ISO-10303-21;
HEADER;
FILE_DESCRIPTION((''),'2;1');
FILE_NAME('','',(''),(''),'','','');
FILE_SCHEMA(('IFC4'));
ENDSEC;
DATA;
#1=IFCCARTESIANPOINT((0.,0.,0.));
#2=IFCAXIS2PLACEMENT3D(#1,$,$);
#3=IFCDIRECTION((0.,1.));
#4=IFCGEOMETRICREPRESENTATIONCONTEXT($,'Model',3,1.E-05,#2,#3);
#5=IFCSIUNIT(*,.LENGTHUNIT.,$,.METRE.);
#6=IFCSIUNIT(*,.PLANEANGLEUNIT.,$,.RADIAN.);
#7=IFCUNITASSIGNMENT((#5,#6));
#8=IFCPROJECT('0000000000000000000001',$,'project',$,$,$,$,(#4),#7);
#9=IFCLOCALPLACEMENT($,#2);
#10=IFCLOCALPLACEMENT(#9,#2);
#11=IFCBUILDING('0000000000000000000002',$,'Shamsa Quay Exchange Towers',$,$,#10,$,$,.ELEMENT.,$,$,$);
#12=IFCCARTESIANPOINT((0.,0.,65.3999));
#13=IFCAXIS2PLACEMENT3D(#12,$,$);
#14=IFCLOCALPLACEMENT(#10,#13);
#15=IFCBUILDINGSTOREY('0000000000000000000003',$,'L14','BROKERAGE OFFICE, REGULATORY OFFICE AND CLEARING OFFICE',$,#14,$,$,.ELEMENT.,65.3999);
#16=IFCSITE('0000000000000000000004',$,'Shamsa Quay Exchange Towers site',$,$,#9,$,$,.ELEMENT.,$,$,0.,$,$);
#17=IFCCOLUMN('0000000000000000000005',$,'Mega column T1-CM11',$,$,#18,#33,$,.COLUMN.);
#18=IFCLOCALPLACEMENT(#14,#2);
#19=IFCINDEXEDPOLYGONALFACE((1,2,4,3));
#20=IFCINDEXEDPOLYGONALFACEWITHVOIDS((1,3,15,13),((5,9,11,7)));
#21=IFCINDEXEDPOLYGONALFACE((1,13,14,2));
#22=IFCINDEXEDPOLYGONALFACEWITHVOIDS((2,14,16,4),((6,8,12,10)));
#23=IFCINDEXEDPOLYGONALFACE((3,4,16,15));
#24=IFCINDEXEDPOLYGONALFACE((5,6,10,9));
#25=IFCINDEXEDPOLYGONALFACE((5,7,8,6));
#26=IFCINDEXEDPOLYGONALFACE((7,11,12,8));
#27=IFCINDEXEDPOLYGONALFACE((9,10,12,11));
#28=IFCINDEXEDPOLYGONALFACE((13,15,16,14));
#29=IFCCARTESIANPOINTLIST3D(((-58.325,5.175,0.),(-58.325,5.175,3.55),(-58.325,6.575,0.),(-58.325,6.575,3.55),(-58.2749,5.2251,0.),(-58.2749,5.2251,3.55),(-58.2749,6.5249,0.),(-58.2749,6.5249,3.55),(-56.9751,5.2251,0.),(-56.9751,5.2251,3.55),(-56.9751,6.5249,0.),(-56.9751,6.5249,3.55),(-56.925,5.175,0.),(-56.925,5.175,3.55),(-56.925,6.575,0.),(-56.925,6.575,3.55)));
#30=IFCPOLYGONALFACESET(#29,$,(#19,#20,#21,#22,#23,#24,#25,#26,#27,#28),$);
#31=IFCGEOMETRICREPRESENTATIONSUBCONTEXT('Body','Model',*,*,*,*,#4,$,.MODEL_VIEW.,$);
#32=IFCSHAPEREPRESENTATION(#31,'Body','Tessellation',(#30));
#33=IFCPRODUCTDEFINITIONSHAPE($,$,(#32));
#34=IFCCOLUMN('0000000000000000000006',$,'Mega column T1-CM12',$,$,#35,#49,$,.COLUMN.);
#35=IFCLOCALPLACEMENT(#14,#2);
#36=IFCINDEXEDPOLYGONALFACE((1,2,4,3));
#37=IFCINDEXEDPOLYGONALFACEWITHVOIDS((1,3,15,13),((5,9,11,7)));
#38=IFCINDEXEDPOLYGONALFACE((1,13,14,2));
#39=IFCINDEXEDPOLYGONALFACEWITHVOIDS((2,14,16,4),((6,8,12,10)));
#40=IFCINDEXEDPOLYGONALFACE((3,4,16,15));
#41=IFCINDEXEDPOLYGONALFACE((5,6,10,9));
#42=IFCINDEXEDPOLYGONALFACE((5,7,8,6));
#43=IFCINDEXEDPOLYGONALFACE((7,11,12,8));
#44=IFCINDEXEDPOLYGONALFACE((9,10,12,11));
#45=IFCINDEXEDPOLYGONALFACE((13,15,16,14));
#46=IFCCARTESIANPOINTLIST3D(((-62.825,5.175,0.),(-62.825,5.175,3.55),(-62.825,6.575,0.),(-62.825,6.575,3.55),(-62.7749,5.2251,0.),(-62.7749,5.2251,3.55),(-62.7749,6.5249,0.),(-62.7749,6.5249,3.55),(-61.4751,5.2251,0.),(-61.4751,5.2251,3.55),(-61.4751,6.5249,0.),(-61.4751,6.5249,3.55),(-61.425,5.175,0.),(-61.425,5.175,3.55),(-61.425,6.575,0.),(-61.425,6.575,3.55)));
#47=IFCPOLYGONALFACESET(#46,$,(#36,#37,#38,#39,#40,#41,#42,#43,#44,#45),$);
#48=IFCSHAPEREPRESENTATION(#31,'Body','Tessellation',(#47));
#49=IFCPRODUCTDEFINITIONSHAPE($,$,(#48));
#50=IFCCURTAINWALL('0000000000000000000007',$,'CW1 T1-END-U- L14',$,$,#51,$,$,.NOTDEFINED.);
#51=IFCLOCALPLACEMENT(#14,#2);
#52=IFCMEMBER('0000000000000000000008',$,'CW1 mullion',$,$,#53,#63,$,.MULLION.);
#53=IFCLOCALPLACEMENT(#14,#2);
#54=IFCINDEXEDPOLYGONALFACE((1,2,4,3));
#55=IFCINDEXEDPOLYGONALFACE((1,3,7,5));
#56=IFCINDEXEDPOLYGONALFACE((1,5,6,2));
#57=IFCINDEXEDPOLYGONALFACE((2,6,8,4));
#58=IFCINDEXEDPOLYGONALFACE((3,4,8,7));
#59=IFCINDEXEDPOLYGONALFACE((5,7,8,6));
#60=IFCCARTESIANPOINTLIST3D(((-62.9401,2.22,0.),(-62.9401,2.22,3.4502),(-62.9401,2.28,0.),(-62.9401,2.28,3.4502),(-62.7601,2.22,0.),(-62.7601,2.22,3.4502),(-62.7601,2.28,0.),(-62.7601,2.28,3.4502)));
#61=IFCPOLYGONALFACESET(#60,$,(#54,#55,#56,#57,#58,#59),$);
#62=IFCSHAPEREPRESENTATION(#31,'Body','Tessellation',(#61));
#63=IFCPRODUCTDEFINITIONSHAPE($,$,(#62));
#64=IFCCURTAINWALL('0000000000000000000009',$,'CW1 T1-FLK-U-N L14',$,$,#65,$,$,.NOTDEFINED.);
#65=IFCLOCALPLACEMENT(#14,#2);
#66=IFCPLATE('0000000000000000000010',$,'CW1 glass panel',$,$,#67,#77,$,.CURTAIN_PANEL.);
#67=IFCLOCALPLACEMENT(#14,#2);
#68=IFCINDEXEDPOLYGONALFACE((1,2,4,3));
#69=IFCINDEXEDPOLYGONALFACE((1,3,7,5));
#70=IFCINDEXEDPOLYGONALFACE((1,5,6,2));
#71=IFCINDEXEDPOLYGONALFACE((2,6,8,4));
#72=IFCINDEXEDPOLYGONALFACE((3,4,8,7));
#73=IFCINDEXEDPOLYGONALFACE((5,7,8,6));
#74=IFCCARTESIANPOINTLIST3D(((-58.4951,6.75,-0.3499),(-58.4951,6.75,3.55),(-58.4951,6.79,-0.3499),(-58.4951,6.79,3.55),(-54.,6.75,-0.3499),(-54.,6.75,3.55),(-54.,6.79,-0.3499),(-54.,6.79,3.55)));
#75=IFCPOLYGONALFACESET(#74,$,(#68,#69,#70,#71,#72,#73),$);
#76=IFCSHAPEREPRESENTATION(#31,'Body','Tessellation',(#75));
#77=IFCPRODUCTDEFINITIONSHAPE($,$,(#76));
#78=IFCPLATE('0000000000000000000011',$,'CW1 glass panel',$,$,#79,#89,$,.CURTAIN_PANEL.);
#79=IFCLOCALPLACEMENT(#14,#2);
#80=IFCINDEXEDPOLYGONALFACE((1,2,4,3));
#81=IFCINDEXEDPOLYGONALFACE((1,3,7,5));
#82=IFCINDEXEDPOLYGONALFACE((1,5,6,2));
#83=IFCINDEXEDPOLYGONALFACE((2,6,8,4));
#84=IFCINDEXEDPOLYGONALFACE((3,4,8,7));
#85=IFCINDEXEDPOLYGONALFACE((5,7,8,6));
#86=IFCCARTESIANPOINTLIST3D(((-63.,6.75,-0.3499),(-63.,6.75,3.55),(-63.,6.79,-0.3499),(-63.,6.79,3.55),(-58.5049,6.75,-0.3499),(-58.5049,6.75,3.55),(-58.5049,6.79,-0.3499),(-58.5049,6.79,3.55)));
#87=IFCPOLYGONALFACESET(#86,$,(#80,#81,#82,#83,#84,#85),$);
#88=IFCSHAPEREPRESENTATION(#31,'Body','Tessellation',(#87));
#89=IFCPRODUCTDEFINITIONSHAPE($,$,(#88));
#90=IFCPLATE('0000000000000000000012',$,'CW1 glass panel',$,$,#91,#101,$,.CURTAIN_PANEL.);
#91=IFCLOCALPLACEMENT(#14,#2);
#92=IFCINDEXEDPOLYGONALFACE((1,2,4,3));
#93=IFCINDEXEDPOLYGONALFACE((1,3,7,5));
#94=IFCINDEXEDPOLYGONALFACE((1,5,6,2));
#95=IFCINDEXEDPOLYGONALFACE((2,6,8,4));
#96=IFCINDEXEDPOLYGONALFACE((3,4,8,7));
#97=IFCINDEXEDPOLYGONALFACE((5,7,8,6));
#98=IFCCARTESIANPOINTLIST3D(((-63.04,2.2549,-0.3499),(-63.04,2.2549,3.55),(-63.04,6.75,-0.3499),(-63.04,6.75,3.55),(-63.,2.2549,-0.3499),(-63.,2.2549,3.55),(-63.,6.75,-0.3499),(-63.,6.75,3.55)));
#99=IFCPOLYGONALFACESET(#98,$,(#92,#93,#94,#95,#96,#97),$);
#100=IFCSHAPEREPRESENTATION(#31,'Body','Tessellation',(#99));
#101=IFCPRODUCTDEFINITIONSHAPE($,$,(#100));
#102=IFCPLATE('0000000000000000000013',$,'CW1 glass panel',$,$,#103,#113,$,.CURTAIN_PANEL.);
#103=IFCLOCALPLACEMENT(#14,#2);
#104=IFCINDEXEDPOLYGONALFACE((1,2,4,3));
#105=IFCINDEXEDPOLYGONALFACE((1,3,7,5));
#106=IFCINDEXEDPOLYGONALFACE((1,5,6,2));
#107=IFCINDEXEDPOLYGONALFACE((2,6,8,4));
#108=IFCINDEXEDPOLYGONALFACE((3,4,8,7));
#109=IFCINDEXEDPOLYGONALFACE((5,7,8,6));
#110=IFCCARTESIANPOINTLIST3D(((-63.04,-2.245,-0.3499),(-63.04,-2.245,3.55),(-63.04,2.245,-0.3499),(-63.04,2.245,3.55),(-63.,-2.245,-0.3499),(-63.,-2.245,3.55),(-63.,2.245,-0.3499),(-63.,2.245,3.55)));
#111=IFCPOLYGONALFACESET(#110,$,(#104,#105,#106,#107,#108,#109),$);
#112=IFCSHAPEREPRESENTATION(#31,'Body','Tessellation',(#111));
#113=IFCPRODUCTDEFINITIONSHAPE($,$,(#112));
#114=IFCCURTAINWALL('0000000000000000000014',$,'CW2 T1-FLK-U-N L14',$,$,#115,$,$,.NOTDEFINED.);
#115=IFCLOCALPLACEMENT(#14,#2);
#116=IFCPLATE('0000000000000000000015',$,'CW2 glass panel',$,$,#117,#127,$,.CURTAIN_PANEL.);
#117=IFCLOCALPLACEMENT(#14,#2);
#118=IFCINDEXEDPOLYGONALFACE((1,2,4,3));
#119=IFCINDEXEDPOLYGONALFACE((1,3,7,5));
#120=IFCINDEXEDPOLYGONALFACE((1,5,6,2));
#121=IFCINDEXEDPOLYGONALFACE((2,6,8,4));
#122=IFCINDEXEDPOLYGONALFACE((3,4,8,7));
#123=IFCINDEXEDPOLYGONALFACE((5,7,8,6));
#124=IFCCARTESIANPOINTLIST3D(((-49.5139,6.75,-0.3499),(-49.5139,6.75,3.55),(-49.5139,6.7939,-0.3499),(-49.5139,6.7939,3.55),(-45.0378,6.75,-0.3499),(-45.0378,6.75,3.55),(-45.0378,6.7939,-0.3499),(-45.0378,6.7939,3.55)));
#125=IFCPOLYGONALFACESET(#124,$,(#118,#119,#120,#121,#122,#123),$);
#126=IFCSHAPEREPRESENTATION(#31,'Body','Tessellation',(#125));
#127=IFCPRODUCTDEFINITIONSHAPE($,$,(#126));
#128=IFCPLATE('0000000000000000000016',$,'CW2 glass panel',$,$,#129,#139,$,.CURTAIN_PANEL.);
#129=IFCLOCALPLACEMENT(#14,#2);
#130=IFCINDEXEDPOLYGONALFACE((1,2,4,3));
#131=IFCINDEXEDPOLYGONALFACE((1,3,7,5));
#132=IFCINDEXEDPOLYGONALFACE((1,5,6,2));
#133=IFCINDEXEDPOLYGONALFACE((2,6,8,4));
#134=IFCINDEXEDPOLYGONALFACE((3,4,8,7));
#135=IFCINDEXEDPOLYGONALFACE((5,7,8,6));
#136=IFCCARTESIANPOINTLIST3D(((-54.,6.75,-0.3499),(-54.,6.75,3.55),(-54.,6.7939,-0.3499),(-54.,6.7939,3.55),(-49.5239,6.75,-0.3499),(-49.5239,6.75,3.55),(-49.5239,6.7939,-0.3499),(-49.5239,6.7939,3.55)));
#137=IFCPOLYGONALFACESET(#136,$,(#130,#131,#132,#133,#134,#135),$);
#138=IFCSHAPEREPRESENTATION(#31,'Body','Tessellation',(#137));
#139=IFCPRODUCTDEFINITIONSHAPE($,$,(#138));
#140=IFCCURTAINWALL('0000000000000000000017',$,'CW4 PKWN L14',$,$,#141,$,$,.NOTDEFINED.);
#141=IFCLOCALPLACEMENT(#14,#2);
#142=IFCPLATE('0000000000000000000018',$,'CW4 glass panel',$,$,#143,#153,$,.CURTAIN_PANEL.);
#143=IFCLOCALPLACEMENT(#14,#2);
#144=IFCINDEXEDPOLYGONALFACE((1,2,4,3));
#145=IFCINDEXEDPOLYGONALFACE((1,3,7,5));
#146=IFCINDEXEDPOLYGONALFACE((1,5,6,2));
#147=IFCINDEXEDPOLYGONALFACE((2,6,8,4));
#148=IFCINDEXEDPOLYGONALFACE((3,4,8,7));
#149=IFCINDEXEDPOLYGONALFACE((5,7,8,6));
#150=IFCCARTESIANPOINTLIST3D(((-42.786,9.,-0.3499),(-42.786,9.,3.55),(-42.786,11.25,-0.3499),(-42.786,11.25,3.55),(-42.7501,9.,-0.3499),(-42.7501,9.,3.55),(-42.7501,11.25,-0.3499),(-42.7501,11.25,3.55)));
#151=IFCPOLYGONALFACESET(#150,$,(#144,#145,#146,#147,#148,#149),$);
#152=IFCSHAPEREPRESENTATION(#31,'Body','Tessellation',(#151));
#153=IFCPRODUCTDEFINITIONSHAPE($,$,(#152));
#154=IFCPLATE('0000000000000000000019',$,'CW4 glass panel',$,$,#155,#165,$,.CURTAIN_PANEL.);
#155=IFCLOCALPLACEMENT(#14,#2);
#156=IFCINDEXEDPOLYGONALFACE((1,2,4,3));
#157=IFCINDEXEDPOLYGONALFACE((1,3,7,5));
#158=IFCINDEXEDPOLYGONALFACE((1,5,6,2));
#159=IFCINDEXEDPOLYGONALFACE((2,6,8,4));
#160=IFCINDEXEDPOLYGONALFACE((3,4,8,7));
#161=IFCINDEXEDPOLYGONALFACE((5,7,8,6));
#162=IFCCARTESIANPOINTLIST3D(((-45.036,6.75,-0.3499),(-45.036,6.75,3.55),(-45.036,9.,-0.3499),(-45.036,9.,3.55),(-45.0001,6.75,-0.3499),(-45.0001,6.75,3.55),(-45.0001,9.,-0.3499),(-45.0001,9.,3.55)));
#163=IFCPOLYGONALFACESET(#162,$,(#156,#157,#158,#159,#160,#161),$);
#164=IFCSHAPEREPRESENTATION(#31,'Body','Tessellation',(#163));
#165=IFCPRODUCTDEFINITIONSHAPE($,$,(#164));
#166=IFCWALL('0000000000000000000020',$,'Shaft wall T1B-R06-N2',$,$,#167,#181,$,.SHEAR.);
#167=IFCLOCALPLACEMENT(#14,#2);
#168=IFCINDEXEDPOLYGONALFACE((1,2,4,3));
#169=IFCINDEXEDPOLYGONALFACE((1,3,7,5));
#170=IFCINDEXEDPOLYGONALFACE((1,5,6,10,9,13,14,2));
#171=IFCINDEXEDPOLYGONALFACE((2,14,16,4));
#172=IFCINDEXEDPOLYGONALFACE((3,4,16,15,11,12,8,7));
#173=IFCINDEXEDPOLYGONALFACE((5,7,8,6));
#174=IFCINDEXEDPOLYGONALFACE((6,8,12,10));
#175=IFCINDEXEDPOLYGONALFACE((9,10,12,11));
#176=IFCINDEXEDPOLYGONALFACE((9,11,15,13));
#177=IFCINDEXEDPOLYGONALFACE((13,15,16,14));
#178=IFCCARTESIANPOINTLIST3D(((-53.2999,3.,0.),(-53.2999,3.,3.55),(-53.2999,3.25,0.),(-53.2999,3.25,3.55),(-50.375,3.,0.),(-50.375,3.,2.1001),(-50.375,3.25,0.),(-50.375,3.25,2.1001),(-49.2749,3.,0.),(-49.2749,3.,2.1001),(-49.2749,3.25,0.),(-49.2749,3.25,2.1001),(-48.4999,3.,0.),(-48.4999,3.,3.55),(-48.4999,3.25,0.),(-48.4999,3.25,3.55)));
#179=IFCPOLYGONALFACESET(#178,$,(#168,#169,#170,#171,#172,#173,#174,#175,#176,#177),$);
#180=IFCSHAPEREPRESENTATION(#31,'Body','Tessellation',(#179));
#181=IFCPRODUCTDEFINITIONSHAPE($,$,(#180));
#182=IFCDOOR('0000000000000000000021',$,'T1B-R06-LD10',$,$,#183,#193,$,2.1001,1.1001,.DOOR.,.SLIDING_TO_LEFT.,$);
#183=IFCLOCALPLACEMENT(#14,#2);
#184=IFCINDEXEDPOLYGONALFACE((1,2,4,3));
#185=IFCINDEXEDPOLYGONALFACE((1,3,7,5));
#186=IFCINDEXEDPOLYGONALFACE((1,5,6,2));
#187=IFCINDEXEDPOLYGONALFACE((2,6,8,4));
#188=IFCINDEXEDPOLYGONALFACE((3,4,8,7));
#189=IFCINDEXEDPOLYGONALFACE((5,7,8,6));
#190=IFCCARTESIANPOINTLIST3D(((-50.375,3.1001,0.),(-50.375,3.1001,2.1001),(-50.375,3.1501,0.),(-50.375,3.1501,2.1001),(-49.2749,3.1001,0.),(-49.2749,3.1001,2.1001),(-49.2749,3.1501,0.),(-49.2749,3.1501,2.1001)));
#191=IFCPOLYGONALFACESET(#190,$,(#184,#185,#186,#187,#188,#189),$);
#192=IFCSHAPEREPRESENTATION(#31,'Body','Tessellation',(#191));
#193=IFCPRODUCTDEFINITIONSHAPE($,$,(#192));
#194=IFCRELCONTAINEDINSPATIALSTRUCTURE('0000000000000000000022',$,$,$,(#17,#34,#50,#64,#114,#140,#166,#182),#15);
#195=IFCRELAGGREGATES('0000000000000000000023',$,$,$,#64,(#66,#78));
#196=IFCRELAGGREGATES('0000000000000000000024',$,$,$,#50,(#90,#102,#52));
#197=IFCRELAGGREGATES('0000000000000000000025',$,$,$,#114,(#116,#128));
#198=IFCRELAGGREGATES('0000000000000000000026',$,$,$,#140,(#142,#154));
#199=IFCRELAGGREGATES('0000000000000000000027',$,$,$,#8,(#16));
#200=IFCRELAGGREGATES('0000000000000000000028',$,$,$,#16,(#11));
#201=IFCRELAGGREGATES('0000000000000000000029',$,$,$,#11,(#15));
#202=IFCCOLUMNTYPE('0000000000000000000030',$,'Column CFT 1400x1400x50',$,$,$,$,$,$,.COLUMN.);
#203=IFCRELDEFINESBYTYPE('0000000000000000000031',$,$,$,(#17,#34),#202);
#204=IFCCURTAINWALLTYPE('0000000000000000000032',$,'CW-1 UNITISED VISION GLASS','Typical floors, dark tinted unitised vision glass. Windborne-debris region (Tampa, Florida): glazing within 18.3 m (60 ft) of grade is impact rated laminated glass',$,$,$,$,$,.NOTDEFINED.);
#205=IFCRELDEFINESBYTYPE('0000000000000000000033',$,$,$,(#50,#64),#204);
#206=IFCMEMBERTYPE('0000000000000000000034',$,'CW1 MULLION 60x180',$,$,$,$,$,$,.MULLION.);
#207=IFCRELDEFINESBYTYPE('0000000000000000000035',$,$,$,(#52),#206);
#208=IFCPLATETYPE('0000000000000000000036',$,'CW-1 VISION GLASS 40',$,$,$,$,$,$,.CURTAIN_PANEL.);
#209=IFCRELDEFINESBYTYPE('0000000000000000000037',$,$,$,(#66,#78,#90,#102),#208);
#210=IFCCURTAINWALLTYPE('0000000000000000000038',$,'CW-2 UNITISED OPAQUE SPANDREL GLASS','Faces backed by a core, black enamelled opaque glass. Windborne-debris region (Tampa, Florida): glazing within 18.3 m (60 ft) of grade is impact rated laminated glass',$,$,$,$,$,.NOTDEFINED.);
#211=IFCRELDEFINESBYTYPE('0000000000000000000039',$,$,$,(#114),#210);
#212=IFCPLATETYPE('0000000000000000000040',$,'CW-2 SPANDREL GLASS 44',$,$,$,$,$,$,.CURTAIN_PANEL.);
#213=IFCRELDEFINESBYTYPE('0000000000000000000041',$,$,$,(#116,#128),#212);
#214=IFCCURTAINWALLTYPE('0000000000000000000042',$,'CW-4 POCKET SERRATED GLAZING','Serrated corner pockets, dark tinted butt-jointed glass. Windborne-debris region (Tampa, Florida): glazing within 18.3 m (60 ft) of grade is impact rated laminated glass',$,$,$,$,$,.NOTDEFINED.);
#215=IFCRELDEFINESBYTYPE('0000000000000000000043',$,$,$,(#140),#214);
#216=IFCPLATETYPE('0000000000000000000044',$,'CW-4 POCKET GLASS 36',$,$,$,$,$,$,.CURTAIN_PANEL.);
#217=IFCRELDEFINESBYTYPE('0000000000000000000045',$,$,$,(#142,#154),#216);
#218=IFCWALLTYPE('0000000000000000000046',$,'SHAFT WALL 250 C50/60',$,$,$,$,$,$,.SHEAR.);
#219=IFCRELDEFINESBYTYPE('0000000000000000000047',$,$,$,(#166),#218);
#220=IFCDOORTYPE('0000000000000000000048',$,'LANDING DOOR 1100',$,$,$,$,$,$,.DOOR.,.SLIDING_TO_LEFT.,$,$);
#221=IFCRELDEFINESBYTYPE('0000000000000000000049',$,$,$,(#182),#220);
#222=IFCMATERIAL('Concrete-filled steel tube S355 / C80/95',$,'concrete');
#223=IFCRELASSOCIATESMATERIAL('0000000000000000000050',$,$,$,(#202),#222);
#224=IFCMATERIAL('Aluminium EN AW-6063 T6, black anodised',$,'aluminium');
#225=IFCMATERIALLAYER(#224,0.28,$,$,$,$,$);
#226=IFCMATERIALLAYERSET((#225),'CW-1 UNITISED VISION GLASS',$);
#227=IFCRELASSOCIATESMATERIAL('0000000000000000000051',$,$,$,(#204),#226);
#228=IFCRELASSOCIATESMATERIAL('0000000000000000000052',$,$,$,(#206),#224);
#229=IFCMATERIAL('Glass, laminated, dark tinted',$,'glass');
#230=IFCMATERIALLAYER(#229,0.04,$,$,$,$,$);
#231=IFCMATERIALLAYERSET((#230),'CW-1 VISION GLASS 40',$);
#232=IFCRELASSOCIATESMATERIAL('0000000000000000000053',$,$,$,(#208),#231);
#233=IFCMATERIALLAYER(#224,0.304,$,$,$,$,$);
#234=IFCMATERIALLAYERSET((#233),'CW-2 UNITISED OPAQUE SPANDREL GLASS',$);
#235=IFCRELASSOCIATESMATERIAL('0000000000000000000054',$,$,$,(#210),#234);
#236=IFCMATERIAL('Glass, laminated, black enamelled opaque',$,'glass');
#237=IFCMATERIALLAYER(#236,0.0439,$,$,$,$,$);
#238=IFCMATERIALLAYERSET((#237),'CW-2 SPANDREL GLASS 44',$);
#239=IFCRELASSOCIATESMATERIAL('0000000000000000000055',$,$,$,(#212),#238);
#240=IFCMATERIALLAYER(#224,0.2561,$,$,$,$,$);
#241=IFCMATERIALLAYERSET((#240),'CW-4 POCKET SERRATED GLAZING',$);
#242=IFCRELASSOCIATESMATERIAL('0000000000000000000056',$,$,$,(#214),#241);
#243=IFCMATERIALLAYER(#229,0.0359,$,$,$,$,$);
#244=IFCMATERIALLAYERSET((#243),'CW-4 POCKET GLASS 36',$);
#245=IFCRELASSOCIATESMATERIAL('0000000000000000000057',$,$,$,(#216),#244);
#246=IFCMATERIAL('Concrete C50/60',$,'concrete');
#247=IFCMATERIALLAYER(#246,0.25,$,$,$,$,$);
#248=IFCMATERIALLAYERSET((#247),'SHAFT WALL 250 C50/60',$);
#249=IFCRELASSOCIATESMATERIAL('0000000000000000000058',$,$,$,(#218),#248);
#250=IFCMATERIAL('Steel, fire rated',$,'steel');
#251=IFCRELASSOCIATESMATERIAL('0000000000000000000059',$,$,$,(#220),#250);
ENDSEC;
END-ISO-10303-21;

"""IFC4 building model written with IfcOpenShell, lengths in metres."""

from ifc_helpers import new_model, si_unit, direction, frame, frame_2d, origin, origin_2d, place, context, subcontext, project, spatial, rectangle, hollow_rectangle, extrude, material, layer, layer_set, material_profile, profile_set, type_object, element, fill, aggregate, save


model = new_model("IFC4")

# Units and contexts
model_context = context("Model", 3, precision=1e-05, world=origin(), true_north=direction((0.0, 1.0)))
body_context = subcontext(model_context, "Body", "Model", "MODEL_VIEW")
ifc_project = project(units=[si_unit("LENGTHUNIT", "METRE"), si_unit("PLANEANGLEUNIT", "RADIAN")], contexts=[model_context])

# Site, building, storey
site_placement = place(None, origin())
site = spatial("IfcSite", under=ifc_project, at=site_placement, Name="Shamsa Quay Exchange Towers site", CompositionType="ELEMENT", RefElevation=0.0)
building_placement = place(site_placement, origin())
building = spatial("IfcBuilding", under=site, at=building_placement, Name="Shamsa Quay Exchange Towers", CompositionType="ELEMENT")
storey_placement = place(building_placement, frame((0.0, 0.0, 65.3999)))
storey = spatial("IfcBuildingStorey", under=building, at=storey_placement, Name="L14", Description="BROKERAGE OFFICE, REGULATORY OFFICE AND CLEARING OFFICE", CompositionType="ELEMENT", Elevation=65.3999)

# Columns
ifc_material_1 = material(Name="Concrete-filled steel tube S355 / C80/95", Category="concrete")
ifc_material_profile_1 = material_profile(ifc_material_1, hollow_rectangle(XDim=1.3999, YDim=1.3999, WallThickness=0.05, at=origin_2d()), Name="CFT 1400x1400x50")
ifc_profile_set_1 = profile_set([ifc_material_profile_1], Name="Concrete-filled steel tube S355 / C80/95")
column_type = type_object("IfcColumnType", Name="Column CFT 1400x1400x50", PredefinedType="COLUMN", material=ifc_profile_set_1)
for number, where, name in (
    (1, (-57.625, 5.875, 0.0), "Mega column T1-CM11"),
    (2, (-62.125, 5.875, 0.0), "Mega column T1-CM12"),
):
    element("IfcColumn", number, at=place(storey_placement, frame(where)), inside=storey, type_object=column_type, Name=name, PredefinedType="COLUMN", context=body_context, shape_type="SweptSolid", body=[
        extrude(hollow_rectangle(XDim=1.3999, YDim=1.3999, WallThickness=0.05, at=origin_2d()), origin(), (0.0, 0.0, 1.0), 3.55),
    ])

# Curtain wall, member
ifc_material_2 = material(Name="Aluminium EN AW-6063 T6, black anodised", Category="aluminium")
ifc_layer_1 = layer(ifc_material_2, 0.28)
ifc_layer_set_1 = layer_set([ifc_layer_1], Name="CW-1 UNITISED VISION GLASS")
curtain_wall_type_1 = type_object("IfcCurtainWallType", Name="CW-1 UNITISED VISION GLASS", Description="Typical floors, dark tinted unitised vision glass. Windborne-debris region (Tampa, Florida): glazing within 18.3 m (60 ft) of grade is impact rated laminated glass", PredefinedType="NOTDEFINED", material=ifc_layer_set_1)
curtain_wall_1_placement = place(storey_placement, origin())
curtain_wall_1 = element("IfcCurtainWall", 3, at=curtain_wall_1_placement, inside=storey, type_object=curtain_wall_type_1, Name="CW1 T1-END-U- L14", PredefinedType="NOTDEFINED")
ifc_material_profile_2 = material_profile(ifc_material_2, rectangle(XDim=0.1799, YDim=0.0601, at=origin_2d()), Name="MU60x180")
ifc_profile_set_2 = profile_set([ifc_material_profile_2], Name="Aluminium EN AW-6063 T6, black anodised")
member_type = type_object("IfcMemberType", Name="CW1 MULLION 60x180", PredefinedType="MULLION", material=ifc_profile_set_2)
member_placement = place(storey_placement, frame((-62.8501, 2.25, 0.0)))
member = element("IfcMember", 4, at=member_placement, type_object=member_type, Name="CW1 mullion", PredefinedType="MULLION", context=body_context, shape_type="SweptSolid", body=[
    extrude(rectangle(XDim=0.1799, YDim=0.0601, at=origin_2d()), origin(), (0.0, 0.0, 1.0), 3.4502),
])

# Curtain wall, plates
curtain_wall_2_placement = place(storey_placement, origin())
curtain_wall_2 = element("IfcCurtainWall", 5, at=curtain_wall_2_placement, inside=storey, type_object=curtain_wall_type_1, Name="CW1 T1-FLK-U-N L14", PredefinedType="NOTDEFINED")
ifc_material_3 = material(Name="Glass, laminated, dark tinted", Category="glass")
ifc_layer_2 = layer(ifc_material_3, 0.04)
ifc_layer_set_2 = layer_set([ifc_layer_2], Name="CW-1 VISION GLASS 40")
plate_type_1 = type_object("IfcPlateType", Name="CW-1 VISION GLASS 40", PredefinedType="CURTAIN_PANEL", material=ifc_layer_set_2)
plate_1_placement = place(storey_placement, frame((-56.2476, 6.77, -0.3499), z_axis=(0.0, 0.0, 1.0), x_axis=(-1.0, 0.0, 0.0)))
plate_1 = element("IfcPlate", 6, at=plate_1_placement, type_object=plate_type_1, Name="CW1 glass panel", PredefinedType="CURTAIN_PANEL", context=body_context, shape_type="SweptSolid", body=[
    extrude(rectangle(XDim=4.4951, YDim=0.04, at=origin_2d()), origin(), (0.0, 0.0, 1.0), 3.8999),
])
plate_2_placement = place(storey_placement, frame((-60.7524, 6.77, -0.3499), z_axis=(0.0, 0.0, 1.0), x_axis=(-1.0, 0.0, 0.0)))
plate_2 = element("IfcPlate", 7, at=plate_2_placement, type_object=plate_type_1, Name="CW1 glass panel", PredefinedType="CURTAIN_PANEL", context=body_context, shape_type="SweptSolid", body=[
    extrude(rectangle(XDim=4.4951, YDim=0.04, at=origin_2d()), origin(), (0.0, 0.0, 1.0), 3.8999),
])
aggregate(curtain_wall_2, [plate_1, plate_2])

# Plates
plate_3_placement = place(storey_placement, frame((-63.02, 4.5024, -0.3499), z_axis=(0.0, 0.0, 1.0), x_axis=(0.0, -1.0, 0.0)))
plate_3 = element("IfcPlate", 8, at=plate_3_placement, type_object=plate_type_1, Name="CW1 glass panel", PredefinedType="CURTAIN_PANEL", context=body_context, shape_type="SweptSolid", body=[
    extrude(rectangle(XDim=4.4951, YDim=0.04, at=origin_2d()), origin(), (0.0, 0.0, 1.0), 3.8999),
])
plate_4_placement = place(storey_placement, frame((-63.02, 0.0, -0.3499), z_axis=(0.0, 0.0, 1.0), x_axis=(0.0, -1.0, 0.0)))
plate_4 = element("IfcPlate", 9, at=plate_4_placement, type_object=plate_type_1, Name="CW1 glass panel", PredefinedType="CURTAIN_PANEL", context=body_context, shape_type="SweptSolid", body=[
    extrude(rectangle(XDim=4.49, YDim=0.04, at=origin_2d()), origin(), (0.0, 0.0, 1.0), 3.8999),
])
aggregate(curtain_wall_1, [plate_3, plate_4, member])

# Curtain walls, plates
ifc_layer_3 = layer(ifc_material_2, 0.304)
ifc_layer_set_3 = layer_set([ifc_layer_3], Name="CW-2 UNITISED OPAQUE SPANDREL GLASS")
curtain_wall_type_2 = type_object("IfcCurtainWallType", Name="CW-2 UNITISED OPAQUE SPANDREL GLASS", Description="Faces backed by a core, black enamelled opaque glass. Windborne-debris region (Tampa, Florida): glazing within 18.3 m (60 ft) of grade is impact rated laminated glass", PredefinedType="NOTDEFINED", material=ifc_layer_set_3)
curtain_wall_3_placement = place(storey_placement, origin())
curtain_wall_3 = element("IfcCurtainWall", 10, at=curtain_wall_3_placement, inside=storey, type_object=curtain_wall_type_2, Name="CW2 T1-FLK-U-N L14", PredefinedType="NOTDEFINED")
ifc_material_4 = material(Name="Glass, laminated, black enamelled opaque", Category="glass")
ifc_layer_4 = layer(ifc_material_4, 0.0439)
ifc_layer_set_4 = layer_set([ifc_layer_4], Name="CW-2 SPANDREL GLASS 44")
plate_type_2 = type_object("IfcPlateType", Name="CW-2 SPANDREL GLASS 44", PredefinedType="CURTAIN_PANEL", material=ifc_layer_set_4)
plate_5_placement = place(storey_placement, frame((-47.2759, 6.772, -0.3499), z_axis=(0.0, 0.0, 1.0), x_axis=(-1.0, 0.0, 0.0)))
plate_5 = element("IfcPlate", 11, at=plate_5_placement, type_object=plate_type_2, Name="CW2 glass panel", PredefinedType="CURTAIN_PANEL", context=body_context, shape_type="SweptSolid", body=[
    extrude(rectangle(XDim=4.4761, YDim=0.0439, at=origin_2d()), origin(), (0.0, 0.0, 1.0), 3.8999),
])
plate_6_placement = place(storey_placement, frame((-51.762, 6.772, -0.3499), z_axis=(0.0, 0.0, 1.0), x_axis=(-1.0, 0.0, 0.0)))
plate_6 = element("IfcPlate", 12, at=plate_6_placement, type_object=plate_type_2, Name="CW2 glass panel", PredefinedType="CURTAIN_PANEL", context=body_context, shape_type="SweptSolid", body=[
    extrude(rectangle(XDim=4.4761, YDim=0.0439, at=origin_2d()), origin(), (0.0, 0.0, 1.0), 3.8999),
])
aggregate(curtain_wall_3, [plate_5, plate_6])
ifc_layer_5 = layer(ifc_material_2, 0.2561)
ifc_layer_set_5 = layer_set([ifc_layer_5], Name="CW-4 POCKET SERRATED GLAZING")
curtain_wall_type_3 = type_object("IfcCurtainWallType", Name="CW-4 POCKET SERRATED GLAZING", Description="Serrated corner pockets, dark tinted butt-jointed glass. Windborne-debris region (Tampa, Florida): glazing within 18.3 m (60 ft) of grade is impact rated laminated glass", PredefinedType="NOTDEFINED", material=ifc_layer_set_5)
curtain_wall_4_placement = place(storey_placement, origin())
curtain_wall_4 = element("IfcCurtainWall", 13, at=curtain_wall_4_placement, inside=storey, type_object=curtain_wall_type_3, Name="CW4 PKWN L14", PredefinedType="NOTDEFINED")
ifc_layer_6 = layer(ifc_material_3, 0.0359)
ifc_layer_set_6 = layer_set([ifc_layer_6], Name="CW-4 POCKET GLASS 36")
plate_type_3 = type_object("IfcPlateType", Name="CW-4 POCKET GLASS 36", PredefinedType="CURTAIN_PANEL", material=ifc_layer_set_6)
plate_7_placement = place(storey_placement, frame((-42.7681, 10.125, -0.3499), z_axis=(0.0, 0.0, 1.0), x_axis=(0.0, -1.0, 0.0)))
plate_7 = element("IfcPlate", 14, at=plate_7_placement, type_object=plate_type_3, Name="CW4 glass panel", PredefinedType="CURTAIN_PANEL", context=body_context, shape_type="SweptSolid", body=[
    extrude(rectangle(XDim=2.25, YDim=0.0359, at=origin_2d()), origin(), (0.0, 0.0, 1.0), 3.8999),
])
plate_8_placement = place(storey_placement, frame((-45.0181, 7.875, -0.3499), z_axis=(0.0, 0.0, 1.0), x_axis=(0.0, -1.0, 0.0)))
plate_8 = element("IfcPlate", 15, at=plate_8_placement, type_object=plate_type_3, Name="CW4 glass panel", PredefinedType="CURTAIN_PANEL", context=body_context, shape_type="SweptSolid", body=[
    extrude(rectangle(XDim=2.25, YDim=0.0359, at=origin_2d()), origin(), (0.0, 0.0, 1.0), 3.8999),
])
aggregate(curtain_wall_4, [plate_7, plate_8])

# Wall, opening, door
ifc_material_5 = material(Name="Concrete C50/60", Category="concrete")
ifc_layer_7 = layer(ifc_material_5, 0.25)
ifc_layer_set_7 = layer_set([ifc_layer_7], Name="SHAFT WALL 250 C50/60")
wall_type_1 = type_object("IfcWallType", Name="SHAFT WALL 250 C50/60", PredefinedType="SHEAR", material=ifc_layer_set_7)
wall_1_placement = place(storey_placement, frame((-48.5, 3.125, 0.0), z_axis=(0.0, 0.0, 1.0), x_axis=(-1.0, 0.0, 0.0)))
wall_1 = element("IfcWall", 16, at=wall_1_placement, inside=storey, type_object=wall_type_1, Name="Shaft wall T1B-R06-N2", PredefinedType="SHEAR", context=body_context, shape_type="SweptSolid", body=[
    extrude(rectangle(XDim=4.8, YDim=0.25, at=frame_2d((2.3999, 0.0))), origin(), (0.0, 0.0, 1.0), 3.55),
])
opening_1_placement = place(wall_1_placement, frame((0.7749, 0.0, 0.0)))
opening_1 = element("IfcOpeningElement", 17, at=opening_1_placement, cuts=wall_1, PredefinedType="OPENING", context=body_context, shape_type="SweptSolid", body=[
    extrude(rectangle(XDim=1.1001, YDim=2.1001, at=frame_2d((0.55, 1.05))), frame((0.0, 0.135, 0.0), z_axis=(0.0, -1.0, 0.0), x_axis=(1.0, 0.0, 0.0)), (0.0, 0.0, 1.0), 0.27),
])
ifc_material_6 = material(Name="Steel, fire rated", Category="steel")
door_type_1 = type_object("IfcDoorType", Name="LANDING DOOR 1100", OperationType="SLIDING_TO_LEFT", PredefinedType="DOOR", material=ifc_material_6)
door_1_placement = place(opening_1_placement, origin())
door_1 = element("IfcDoor", 18, at=door_1_placement, inside=storey, type_object=door_type_1, Name="T1B-R06-LD10", OperationType="SLIDING_TO_LEFT", OverallHeight=2.1001, OverallWidth=1.1001, PredefinedType="DOOR", context=body_context, shape_type="SweptSolid", body=[
    extrude(rectangle(XDim=1.1001, YDim=2.1001, at=frame_2d((0.55, 1.05))), frame((0.0, 0.0249, 0.0), z_axis=(0.0, -1.0, 0.0), x_axis=(1.0, 0.0, 0.0)), (0.0, 0.0, 1.0), 0.05),
])
fill(opening_1, door_1)

save(model, "model.ifc")
